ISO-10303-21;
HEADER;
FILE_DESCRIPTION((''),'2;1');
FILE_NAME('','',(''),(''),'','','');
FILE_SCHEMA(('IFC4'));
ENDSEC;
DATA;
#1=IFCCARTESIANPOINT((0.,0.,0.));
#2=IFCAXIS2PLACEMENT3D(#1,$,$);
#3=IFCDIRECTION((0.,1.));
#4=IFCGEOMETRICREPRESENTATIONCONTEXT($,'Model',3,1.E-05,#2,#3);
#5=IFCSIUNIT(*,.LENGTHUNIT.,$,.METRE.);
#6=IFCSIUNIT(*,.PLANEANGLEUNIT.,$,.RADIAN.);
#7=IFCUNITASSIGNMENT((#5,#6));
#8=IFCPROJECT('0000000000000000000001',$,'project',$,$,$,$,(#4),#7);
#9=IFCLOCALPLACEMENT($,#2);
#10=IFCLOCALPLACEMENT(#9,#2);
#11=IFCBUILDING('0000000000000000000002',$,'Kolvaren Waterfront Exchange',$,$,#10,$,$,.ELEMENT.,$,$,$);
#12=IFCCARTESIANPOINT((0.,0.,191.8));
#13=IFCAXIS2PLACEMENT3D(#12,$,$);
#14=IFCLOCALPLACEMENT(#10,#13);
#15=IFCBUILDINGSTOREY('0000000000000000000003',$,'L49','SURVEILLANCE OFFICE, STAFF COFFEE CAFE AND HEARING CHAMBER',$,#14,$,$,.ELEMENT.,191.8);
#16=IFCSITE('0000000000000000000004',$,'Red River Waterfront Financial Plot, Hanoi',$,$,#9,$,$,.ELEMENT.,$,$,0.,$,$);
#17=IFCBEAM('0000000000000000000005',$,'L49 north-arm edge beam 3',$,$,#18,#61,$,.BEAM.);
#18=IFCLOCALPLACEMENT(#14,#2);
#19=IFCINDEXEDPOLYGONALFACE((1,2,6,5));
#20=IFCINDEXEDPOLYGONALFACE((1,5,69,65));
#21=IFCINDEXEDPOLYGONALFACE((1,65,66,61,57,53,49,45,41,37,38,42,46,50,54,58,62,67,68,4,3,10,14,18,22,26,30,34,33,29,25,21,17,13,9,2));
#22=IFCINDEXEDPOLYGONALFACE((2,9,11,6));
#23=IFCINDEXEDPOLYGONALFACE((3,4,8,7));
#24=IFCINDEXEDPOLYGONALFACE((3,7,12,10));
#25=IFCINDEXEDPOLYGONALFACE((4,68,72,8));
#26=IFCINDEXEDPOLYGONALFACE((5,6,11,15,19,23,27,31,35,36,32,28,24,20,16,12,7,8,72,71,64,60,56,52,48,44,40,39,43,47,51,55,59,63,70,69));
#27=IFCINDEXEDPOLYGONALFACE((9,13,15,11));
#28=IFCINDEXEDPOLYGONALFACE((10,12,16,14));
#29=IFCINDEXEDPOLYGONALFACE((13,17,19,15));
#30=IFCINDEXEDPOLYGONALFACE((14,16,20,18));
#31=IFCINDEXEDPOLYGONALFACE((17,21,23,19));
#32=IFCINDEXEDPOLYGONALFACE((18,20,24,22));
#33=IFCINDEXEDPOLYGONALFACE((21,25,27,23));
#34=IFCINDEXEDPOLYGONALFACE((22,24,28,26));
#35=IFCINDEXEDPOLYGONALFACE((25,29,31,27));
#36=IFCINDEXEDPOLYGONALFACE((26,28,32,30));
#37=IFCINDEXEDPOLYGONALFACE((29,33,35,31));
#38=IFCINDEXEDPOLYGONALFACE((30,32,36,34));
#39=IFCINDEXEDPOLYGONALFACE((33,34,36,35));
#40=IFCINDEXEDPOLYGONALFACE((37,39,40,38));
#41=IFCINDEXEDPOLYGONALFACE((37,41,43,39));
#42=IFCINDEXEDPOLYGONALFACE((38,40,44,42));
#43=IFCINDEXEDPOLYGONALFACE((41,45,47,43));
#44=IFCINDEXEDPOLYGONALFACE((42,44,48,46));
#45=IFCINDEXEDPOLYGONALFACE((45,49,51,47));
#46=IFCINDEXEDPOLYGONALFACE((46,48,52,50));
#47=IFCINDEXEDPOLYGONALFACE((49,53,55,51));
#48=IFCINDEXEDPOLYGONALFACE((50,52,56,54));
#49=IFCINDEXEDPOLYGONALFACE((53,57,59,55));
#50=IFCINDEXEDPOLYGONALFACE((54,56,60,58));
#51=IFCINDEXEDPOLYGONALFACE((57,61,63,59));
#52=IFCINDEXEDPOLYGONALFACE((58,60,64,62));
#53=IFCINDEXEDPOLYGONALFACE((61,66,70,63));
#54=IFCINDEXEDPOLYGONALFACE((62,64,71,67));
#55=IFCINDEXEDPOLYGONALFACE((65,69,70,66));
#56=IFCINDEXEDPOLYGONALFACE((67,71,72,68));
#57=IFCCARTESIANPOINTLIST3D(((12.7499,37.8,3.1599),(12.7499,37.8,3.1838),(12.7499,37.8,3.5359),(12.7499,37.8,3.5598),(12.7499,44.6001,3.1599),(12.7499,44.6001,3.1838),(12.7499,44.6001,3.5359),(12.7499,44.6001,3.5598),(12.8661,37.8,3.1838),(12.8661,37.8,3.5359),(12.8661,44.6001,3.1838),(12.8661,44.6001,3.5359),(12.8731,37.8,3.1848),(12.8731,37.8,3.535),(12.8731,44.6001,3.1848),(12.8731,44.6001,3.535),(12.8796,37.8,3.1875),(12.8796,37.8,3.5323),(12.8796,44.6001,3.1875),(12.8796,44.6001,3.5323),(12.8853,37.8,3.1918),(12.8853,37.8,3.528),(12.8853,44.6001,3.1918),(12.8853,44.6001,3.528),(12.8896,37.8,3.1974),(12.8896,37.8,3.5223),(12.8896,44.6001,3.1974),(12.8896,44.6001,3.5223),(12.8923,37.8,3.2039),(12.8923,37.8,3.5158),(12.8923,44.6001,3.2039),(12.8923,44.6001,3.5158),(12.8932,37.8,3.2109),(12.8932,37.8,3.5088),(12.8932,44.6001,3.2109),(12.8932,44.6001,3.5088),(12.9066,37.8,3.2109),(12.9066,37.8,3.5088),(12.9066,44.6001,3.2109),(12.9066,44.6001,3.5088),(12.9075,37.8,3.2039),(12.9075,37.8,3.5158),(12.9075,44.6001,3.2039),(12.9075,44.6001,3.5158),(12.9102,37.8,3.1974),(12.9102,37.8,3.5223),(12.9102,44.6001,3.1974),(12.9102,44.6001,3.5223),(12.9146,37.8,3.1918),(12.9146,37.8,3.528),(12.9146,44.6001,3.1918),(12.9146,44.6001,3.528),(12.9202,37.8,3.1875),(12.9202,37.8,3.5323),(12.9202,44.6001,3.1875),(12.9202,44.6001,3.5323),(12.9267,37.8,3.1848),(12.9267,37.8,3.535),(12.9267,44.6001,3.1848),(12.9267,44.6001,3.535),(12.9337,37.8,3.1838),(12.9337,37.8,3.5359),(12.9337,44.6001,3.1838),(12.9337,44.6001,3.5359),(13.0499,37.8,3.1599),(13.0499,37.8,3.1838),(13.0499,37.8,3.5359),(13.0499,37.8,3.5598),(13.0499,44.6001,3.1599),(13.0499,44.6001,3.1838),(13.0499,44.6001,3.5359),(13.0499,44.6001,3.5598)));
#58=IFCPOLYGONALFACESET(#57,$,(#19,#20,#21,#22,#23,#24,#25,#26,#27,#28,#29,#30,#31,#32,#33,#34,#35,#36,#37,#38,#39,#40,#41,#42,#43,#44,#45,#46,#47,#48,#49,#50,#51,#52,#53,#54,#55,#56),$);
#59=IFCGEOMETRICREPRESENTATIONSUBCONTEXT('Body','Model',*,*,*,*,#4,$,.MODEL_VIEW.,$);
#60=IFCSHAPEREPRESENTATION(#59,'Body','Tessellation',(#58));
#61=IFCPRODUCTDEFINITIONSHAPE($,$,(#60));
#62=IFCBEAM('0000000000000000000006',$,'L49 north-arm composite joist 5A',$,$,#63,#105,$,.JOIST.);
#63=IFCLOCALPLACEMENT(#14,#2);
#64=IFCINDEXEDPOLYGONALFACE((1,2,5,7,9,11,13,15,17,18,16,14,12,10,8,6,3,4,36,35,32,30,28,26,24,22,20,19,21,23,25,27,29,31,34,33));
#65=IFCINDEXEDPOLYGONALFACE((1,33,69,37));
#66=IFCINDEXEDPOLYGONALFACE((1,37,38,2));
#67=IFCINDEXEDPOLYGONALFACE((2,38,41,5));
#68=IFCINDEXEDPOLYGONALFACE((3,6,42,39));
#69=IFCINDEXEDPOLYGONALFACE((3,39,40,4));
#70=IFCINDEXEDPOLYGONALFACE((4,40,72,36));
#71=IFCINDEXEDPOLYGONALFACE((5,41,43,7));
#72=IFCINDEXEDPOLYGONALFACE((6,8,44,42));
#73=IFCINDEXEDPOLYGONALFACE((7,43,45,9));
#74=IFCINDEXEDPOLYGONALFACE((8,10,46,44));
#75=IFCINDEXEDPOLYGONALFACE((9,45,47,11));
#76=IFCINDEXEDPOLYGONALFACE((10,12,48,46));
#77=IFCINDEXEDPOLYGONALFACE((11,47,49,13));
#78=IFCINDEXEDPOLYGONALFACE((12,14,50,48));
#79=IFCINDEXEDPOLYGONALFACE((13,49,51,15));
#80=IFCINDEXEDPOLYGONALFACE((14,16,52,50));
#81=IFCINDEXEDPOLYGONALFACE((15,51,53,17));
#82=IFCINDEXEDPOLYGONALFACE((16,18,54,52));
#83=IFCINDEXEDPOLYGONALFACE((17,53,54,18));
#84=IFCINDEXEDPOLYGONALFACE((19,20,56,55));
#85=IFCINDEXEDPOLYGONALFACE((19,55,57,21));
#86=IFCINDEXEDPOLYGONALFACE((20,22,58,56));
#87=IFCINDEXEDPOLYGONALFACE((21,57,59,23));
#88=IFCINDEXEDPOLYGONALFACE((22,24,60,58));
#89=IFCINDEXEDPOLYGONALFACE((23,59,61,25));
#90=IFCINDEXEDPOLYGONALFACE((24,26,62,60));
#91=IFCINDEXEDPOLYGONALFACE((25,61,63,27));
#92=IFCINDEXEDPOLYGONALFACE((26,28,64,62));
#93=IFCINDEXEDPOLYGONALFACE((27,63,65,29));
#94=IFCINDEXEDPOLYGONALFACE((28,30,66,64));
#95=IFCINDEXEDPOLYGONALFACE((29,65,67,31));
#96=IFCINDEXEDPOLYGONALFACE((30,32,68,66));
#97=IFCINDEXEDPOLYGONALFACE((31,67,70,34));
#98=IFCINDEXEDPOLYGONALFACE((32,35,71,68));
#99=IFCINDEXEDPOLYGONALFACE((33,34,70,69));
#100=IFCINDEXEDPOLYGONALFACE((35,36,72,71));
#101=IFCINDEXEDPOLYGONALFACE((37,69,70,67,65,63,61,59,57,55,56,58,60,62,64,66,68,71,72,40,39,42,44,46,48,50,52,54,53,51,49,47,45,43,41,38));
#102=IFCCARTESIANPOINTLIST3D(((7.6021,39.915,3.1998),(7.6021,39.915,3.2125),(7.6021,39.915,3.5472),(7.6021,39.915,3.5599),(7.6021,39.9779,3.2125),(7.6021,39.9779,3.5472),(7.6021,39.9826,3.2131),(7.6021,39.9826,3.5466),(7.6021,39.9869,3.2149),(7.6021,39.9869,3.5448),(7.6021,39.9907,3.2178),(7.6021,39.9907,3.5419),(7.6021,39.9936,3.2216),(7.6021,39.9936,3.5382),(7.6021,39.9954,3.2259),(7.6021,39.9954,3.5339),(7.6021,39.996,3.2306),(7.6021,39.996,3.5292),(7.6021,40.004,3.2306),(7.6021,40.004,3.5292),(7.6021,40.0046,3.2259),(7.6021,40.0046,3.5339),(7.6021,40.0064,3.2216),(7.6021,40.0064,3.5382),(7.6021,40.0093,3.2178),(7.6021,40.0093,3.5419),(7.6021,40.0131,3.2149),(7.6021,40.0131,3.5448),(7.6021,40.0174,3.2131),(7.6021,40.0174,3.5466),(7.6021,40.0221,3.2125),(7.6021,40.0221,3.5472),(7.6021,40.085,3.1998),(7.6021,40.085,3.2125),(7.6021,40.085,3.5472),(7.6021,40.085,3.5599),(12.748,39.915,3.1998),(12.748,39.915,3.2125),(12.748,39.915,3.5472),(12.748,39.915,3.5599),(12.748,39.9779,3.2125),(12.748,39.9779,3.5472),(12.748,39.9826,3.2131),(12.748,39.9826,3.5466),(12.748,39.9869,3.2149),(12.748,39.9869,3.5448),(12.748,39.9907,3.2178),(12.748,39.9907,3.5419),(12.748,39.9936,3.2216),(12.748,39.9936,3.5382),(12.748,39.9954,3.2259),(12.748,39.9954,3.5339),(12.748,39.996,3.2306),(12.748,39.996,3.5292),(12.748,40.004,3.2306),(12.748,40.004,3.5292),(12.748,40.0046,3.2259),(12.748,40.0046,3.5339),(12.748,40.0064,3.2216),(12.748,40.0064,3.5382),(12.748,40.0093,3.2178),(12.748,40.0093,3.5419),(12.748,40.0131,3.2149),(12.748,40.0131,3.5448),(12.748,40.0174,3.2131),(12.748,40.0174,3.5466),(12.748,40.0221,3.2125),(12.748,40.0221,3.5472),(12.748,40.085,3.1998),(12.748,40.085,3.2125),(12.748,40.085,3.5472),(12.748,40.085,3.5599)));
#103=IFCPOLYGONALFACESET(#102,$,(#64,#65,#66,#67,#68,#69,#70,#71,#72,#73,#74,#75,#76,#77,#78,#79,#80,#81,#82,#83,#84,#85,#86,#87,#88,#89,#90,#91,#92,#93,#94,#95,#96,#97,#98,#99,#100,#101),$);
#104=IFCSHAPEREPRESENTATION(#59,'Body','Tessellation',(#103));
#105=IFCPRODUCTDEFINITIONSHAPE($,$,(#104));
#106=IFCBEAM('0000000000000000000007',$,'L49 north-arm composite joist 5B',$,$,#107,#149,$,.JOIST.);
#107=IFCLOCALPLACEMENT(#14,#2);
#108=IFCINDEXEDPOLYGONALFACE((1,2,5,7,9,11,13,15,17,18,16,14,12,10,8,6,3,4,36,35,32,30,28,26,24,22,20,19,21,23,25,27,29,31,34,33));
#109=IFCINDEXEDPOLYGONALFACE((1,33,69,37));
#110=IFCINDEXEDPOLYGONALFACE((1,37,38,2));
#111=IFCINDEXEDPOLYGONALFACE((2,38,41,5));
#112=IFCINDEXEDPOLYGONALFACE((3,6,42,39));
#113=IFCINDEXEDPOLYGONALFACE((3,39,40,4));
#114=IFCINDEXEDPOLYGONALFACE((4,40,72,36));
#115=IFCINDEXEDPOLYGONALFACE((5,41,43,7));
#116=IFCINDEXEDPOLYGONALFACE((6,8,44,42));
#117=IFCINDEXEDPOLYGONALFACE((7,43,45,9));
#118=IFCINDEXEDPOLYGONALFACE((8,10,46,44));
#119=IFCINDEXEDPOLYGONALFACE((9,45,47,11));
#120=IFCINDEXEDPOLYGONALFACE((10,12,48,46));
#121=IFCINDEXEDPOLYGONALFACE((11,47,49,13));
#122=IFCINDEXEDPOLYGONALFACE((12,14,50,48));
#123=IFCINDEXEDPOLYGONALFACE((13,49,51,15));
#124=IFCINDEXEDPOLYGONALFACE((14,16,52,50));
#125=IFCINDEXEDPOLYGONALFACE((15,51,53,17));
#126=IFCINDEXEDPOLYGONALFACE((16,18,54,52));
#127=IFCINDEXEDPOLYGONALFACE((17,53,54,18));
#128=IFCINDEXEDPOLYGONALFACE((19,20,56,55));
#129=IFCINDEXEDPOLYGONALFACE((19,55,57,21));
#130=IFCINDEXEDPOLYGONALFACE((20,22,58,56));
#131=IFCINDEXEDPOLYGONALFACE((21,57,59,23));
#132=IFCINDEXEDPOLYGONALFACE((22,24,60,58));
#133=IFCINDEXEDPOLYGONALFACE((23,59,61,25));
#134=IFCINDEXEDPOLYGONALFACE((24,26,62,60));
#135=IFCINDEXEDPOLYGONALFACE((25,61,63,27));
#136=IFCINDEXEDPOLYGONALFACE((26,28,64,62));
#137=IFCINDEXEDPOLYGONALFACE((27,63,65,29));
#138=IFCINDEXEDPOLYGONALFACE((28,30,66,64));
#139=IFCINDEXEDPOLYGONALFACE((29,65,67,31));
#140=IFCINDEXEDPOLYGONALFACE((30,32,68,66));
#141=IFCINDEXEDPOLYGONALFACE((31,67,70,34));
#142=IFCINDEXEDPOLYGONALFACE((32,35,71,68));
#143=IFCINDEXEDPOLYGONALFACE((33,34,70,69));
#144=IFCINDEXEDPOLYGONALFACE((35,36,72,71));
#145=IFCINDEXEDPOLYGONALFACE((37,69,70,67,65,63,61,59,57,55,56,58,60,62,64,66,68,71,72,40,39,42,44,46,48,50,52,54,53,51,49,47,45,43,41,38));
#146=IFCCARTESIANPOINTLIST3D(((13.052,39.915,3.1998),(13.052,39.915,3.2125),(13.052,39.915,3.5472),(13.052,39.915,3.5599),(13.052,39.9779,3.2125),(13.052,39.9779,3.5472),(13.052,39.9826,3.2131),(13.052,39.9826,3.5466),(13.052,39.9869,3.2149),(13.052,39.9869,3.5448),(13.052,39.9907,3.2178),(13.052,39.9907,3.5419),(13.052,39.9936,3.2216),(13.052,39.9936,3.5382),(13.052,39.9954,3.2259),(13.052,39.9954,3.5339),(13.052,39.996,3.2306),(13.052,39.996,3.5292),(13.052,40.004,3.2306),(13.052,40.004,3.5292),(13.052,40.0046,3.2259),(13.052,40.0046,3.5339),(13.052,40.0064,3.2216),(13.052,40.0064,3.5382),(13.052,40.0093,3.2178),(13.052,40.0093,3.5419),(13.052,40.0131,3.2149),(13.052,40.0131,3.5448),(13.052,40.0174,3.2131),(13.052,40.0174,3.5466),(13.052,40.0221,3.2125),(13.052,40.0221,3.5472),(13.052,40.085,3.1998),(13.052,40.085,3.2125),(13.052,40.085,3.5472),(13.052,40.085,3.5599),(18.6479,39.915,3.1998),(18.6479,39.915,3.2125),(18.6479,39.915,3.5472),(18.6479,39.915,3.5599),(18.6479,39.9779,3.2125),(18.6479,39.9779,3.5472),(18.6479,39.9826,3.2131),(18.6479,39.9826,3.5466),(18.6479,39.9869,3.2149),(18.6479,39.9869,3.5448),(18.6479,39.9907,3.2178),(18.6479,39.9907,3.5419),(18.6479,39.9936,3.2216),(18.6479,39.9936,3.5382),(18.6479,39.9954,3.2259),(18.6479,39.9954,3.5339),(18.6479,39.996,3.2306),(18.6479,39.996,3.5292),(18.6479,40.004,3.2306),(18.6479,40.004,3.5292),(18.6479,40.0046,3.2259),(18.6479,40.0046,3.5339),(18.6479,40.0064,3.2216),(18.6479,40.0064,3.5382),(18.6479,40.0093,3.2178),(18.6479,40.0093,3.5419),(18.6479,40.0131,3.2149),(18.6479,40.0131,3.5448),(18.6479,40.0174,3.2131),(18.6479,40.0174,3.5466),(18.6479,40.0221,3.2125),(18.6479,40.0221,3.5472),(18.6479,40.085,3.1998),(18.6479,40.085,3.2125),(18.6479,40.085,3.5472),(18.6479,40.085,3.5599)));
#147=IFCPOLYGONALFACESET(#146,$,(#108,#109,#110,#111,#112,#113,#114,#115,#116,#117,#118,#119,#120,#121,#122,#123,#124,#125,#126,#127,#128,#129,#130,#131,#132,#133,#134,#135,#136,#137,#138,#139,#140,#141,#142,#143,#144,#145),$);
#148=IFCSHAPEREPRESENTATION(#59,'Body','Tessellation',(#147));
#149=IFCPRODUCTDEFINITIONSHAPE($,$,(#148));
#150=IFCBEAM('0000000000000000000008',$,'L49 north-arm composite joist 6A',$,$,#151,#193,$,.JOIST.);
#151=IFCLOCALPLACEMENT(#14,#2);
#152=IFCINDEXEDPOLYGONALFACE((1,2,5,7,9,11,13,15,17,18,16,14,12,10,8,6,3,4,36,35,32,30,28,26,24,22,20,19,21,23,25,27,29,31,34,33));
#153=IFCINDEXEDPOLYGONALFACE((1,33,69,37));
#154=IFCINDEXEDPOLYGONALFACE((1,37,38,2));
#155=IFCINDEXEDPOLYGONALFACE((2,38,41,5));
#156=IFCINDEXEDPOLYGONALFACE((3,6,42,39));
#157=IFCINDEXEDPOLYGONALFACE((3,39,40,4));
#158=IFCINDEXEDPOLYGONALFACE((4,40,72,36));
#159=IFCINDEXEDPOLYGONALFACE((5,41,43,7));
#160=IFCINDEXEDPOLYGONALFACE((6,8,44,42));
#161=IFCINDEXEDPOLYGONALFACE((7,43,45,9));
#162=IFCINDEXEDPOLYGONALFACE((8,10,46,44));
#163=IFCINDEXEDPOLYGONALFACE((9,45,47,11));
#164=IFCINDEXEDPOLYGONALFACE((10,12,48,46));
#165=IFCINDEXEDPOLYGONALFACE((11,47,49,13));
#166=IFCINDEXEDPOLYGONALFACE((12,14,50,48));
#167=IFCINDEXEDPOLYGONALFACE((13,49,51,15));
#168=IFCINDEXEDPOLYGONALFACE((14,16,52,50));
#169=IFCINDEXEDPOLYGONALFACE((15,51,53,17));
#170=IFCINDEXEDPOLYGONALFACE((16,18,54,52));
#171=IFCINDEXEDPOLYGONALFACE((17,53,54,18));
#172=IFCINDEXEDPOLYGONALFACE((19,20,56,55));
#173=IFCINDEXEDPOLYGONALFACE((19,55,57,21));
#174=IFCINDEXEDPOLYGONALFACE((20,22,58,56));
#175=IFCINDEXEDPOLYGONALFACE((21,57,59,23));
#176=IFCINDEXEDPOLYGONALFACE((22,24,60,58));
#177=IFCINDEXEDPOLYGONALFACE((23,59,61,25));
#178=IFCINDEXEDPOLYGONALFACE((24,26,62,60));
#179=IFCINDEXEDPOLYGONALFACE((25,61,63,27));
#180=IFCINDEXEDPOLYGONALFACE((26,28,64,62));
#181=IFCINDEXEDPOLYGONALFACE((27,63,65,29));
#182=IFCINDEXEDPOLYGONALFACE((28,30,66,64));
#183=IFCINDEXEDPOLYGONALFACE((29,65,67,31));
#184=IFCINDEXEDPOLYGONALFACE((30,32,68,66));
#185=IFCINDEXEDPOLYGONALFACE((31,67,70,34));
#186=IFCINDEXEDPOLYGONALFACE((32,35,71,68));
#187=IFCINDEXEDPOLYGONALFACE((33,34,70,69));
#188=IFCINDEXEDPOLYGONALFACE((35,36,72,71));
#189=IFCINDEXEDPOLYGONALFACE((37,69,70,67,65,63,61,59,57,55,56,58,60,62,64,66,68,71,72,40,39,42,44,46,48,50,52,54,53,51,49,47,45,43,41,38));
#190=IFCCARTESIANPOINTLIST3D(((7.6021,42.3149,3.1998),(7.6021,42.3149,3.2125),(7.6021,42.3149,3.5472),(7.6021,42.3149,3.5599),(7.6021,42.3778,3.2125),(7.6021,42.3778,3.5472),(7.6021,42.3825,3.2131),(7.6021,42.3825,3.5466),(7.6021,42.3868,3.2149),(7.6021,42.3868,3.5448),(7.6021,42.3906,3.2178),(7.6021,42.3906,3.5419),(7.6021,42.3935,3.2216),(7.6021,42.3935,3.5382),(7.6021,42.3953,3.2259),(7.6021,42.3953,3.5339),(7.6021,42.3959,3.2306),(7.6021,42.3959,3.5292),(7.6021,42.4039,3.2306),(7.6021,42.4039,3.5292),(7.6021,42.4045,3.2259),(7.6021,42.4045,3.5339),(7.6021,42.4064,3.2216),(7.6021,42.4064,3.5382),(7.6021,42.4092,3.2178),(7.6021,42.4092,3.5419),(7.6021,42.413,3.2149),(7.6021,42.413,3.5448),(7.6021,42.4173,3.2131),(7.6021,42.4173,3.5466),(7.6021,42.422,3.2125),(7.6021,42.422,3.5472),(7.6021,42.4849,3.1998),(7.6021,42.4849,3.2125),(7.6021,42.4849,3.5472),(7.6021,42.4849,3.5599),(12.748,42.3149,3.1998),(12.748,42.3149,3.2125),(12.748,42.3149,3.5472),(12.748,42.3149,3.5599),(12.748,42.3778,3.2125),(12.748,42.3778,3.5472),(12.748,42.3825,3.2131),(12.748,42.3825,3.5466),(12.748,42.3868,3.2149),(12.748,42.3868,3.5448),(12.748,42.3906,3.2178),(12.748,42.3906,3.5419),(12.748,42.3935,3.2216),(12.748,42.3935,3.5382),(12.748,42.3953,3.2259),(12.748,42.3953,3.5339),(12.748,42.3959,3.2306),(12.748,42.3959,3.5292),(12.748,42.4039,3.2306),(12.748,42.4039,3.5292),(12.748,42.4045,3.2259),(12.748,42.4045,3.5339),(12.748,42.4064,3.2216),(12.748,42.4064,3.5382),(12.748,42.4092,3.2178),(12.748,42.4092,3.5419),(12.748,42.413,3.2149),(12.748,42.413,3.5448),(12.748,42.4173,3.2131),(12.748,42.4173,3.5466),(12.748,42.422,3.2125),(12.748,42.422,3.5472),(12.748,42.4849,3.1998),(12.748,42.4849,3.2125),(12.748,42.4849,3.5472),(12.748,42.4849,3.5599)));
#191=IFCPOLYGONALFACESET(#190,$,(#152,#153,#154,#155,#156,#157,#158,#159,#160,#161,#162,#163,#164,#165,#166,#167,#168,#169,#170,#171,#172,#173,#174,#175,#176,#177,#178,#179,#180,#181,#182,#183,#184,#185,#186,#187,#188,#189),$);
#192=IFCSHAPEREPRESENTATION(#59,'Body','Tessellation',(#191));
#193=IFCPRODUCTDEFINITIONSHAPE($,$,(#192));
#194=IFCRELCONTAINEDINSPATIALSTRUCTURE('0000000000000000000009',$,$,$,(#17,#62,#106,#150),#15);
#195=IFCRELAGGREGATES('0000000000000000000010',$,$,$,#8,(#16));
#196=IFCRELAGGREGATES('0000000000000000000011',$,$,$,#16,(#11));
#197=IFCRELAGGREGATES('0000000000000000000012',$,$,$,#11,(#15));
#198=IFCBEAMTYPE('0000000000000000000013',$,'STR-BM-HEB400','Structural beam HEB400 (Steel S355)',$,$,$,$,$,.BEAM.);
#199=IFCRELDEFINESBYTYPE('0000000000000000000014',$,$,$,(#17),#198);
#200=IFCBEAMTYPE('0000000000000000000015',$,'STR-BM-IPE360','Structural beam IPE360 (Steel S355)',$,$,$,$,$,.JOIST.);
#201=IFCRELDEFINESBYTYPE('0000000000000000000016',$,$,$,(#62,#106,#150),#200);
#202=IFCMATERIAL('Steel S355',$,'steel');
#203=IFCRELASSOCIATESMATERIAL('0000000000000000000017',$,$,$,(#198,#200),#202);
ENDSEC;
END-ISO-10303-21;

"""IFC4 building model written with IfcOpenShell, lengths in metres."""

from ifc_helpers import new_model, si_unit, direction, frame, origin, origin_2d, place, context, subcontext, project, spatial, i_section, extrude, material, material_profile, profile_set, type_object, element, save


model = new_model("IFC4")

# Units and contexts
model_context = context("Model", 3, precision=1e-05, world=origin(), true_north=direction((0.0, 1.0)))
body_context = subcontext(model_context, "Body", "Model", "MODEL_VIEW")
ifc_project = project(units=[si_unit("LENGTHUNIT", "METRE"), si_unit("PLANEANGLEUNIT", "RADIAN")], contexts=[model_context])

# Site, building, storey
site_placement = place(None, origin())
site = spatial("IfcSite", under=ifc_project, at=site_placement, Name="Red River Waterfront Financial Plot, Hanoi", CompositionType="ELEMENT", RefElevation=0.0)
building_placement = place(site_placement, origin())
building = spatial("IfcBuilding", under=site, at=building_placement, Name="Kolvaren Waterfront Exchange", CompositionType="ELEMENT")
storey_placement = place(building_placement, frame((0.0, 0.0, 191.8)))
storey = spatial("IfcBuildingStorey", under=building, at=storey_placement, Name="L49", Description="SURVEILLANCE OFFICE, STAFF COFFEE CAFE AND HEARING CHAMBER", CompositionType="ELEMENT", Elevation=191.8)

# Beams
ifc_material_1 = material(Name="Steel S355", Category="steel")
ifc_material_profile_1 = material_profile(ifc_material_1, i_section(OverallWidth=0.3, OverallDepth=0.3999, WebThickness=0.0134, FlangeThickness=0.0239, FilletRadius=0.0271, at=origin_2d()), Name="HEB400")
ifc_profile_set_1 = profile_set([ifc_material_profile_1], Name="Steel S355")
beam_type_1 = type_object("IfcBeamType", Name="STR-BM-HEB400", Description="Structural beam HEB400 (Steel S355)", PredefinedType="BEAM", material=ifc_profile_set_1)
beam_1_placement = place(storey_placement, frame((12.8999, 37.8, 3.3599), z_axis=(0.0, 1.0, 0.0), x_axis=(-1.0, 0.0, 0.0)))
element("IfcBeam", 1, at=beam_1_placement, inside=storey, type_object=beam_type_1, Name="L49 north-arm edge beam 3", PredefinedType="BEAM", context=body_context, shape_type="SweptSolid", body=[
    extrude(i_section(OverallWidth=0.3, OverallDepth=0.3999, WebThickness=0.0134, FlangeThickness=0.0239, FilletRadius=0.0271, at=origin_2d()), origin(), (0.0, 0.0, 1.0), 6.8),
])
ifc_material_profile_2 = material_profile(ifc_material_1, i_section(OverallWidth=0.1699, OverallDepth=0.3601, WebThickness=0.0081, FlangeThickness=0.0127, FilletRadius=0.0181, at=origin_2d()), Name="IPE360")
ifc_profile_set_2 = profile_set([ifc_material_profile_2], Name="Steel S355")
beam_type_2 = type_object("IfcBeamType", Name="STR-BM-IPE360", Description="Structural beam IPE360 (Steel S355)", PredefinedType="JOIST", material=ifc_profile_set_2)
beam_2_placement = place(storey_placement, frame((7.6021, 40.0, 3.3799), z_axis=(1.0, 0.0, 0.0), x_axis=(0.0, 1.0, 0.0)))
element("IfcBeam", 2, at=beam_2_placement, inside=storey, type_object=beam_type_2, Name="L49 north-arm composite joist 5A", PredefinedType="JOIST", context=body_context, shape_type="SweptSolid", body=[
    extrude(i_section(OverallWidth=0.1699, OverallDepth=0.3601, WebThickness=0.0081, FlangeThickness=0.0127, FilletRadius=0.0181, at=origin_2d()), origin(), (0.0, 0.0, 1.0), 5.146),
])
beam_3_placement = place(storey_placement, frame((13.052, 40.0, 3.3799), z_axis=(1.0, 0.0, 0.0), x_axis=(0.0, 1.0, 0.0)))
element("IfcBeam", 3, at=beam_3_placement, inside=storey, type_object=beam_type_2, Name="L49 north-arm composite joist 5B", PredefinedType="JOIST", context=body_context, shape_type="SweptSolid", body=[
    extrude(i_section(OverallWidth=0.1699, OverallDepth=0.3601, WebThickness=0.0081, FlangeThickness=0.0127, FilletRadius=0.0181, at=origin_2d()), origin(), (0.0, 0.0, 1.0), 5.5959),
])
beam_4_placement = place(storey_placement, frame((7.6021, 42.3999, 3.3799), z_axis=(1.0, 0.0, 0.0), x_axis=(0.0, 1.0, 0.0)))
element("IfcBeam", 4, at=beam_4_placement, inside=storey, type_object=beam_type_2, Name="L49 north-arm composite joist 6A", PredefinedType="JOIST", context=body_context, shape_type="SweptSolid", body=[
    extrude(i_section(OverallWidth=0.1699, OverallDepth=0.3601, WebThickness=0.0081, FlangeThickness=0.0127, FilletRadius=0.0181, at=origin_2d()), origin(), (0.0, 0.0, 1.0), 5.146),
])

save(model, "model.ifc")
